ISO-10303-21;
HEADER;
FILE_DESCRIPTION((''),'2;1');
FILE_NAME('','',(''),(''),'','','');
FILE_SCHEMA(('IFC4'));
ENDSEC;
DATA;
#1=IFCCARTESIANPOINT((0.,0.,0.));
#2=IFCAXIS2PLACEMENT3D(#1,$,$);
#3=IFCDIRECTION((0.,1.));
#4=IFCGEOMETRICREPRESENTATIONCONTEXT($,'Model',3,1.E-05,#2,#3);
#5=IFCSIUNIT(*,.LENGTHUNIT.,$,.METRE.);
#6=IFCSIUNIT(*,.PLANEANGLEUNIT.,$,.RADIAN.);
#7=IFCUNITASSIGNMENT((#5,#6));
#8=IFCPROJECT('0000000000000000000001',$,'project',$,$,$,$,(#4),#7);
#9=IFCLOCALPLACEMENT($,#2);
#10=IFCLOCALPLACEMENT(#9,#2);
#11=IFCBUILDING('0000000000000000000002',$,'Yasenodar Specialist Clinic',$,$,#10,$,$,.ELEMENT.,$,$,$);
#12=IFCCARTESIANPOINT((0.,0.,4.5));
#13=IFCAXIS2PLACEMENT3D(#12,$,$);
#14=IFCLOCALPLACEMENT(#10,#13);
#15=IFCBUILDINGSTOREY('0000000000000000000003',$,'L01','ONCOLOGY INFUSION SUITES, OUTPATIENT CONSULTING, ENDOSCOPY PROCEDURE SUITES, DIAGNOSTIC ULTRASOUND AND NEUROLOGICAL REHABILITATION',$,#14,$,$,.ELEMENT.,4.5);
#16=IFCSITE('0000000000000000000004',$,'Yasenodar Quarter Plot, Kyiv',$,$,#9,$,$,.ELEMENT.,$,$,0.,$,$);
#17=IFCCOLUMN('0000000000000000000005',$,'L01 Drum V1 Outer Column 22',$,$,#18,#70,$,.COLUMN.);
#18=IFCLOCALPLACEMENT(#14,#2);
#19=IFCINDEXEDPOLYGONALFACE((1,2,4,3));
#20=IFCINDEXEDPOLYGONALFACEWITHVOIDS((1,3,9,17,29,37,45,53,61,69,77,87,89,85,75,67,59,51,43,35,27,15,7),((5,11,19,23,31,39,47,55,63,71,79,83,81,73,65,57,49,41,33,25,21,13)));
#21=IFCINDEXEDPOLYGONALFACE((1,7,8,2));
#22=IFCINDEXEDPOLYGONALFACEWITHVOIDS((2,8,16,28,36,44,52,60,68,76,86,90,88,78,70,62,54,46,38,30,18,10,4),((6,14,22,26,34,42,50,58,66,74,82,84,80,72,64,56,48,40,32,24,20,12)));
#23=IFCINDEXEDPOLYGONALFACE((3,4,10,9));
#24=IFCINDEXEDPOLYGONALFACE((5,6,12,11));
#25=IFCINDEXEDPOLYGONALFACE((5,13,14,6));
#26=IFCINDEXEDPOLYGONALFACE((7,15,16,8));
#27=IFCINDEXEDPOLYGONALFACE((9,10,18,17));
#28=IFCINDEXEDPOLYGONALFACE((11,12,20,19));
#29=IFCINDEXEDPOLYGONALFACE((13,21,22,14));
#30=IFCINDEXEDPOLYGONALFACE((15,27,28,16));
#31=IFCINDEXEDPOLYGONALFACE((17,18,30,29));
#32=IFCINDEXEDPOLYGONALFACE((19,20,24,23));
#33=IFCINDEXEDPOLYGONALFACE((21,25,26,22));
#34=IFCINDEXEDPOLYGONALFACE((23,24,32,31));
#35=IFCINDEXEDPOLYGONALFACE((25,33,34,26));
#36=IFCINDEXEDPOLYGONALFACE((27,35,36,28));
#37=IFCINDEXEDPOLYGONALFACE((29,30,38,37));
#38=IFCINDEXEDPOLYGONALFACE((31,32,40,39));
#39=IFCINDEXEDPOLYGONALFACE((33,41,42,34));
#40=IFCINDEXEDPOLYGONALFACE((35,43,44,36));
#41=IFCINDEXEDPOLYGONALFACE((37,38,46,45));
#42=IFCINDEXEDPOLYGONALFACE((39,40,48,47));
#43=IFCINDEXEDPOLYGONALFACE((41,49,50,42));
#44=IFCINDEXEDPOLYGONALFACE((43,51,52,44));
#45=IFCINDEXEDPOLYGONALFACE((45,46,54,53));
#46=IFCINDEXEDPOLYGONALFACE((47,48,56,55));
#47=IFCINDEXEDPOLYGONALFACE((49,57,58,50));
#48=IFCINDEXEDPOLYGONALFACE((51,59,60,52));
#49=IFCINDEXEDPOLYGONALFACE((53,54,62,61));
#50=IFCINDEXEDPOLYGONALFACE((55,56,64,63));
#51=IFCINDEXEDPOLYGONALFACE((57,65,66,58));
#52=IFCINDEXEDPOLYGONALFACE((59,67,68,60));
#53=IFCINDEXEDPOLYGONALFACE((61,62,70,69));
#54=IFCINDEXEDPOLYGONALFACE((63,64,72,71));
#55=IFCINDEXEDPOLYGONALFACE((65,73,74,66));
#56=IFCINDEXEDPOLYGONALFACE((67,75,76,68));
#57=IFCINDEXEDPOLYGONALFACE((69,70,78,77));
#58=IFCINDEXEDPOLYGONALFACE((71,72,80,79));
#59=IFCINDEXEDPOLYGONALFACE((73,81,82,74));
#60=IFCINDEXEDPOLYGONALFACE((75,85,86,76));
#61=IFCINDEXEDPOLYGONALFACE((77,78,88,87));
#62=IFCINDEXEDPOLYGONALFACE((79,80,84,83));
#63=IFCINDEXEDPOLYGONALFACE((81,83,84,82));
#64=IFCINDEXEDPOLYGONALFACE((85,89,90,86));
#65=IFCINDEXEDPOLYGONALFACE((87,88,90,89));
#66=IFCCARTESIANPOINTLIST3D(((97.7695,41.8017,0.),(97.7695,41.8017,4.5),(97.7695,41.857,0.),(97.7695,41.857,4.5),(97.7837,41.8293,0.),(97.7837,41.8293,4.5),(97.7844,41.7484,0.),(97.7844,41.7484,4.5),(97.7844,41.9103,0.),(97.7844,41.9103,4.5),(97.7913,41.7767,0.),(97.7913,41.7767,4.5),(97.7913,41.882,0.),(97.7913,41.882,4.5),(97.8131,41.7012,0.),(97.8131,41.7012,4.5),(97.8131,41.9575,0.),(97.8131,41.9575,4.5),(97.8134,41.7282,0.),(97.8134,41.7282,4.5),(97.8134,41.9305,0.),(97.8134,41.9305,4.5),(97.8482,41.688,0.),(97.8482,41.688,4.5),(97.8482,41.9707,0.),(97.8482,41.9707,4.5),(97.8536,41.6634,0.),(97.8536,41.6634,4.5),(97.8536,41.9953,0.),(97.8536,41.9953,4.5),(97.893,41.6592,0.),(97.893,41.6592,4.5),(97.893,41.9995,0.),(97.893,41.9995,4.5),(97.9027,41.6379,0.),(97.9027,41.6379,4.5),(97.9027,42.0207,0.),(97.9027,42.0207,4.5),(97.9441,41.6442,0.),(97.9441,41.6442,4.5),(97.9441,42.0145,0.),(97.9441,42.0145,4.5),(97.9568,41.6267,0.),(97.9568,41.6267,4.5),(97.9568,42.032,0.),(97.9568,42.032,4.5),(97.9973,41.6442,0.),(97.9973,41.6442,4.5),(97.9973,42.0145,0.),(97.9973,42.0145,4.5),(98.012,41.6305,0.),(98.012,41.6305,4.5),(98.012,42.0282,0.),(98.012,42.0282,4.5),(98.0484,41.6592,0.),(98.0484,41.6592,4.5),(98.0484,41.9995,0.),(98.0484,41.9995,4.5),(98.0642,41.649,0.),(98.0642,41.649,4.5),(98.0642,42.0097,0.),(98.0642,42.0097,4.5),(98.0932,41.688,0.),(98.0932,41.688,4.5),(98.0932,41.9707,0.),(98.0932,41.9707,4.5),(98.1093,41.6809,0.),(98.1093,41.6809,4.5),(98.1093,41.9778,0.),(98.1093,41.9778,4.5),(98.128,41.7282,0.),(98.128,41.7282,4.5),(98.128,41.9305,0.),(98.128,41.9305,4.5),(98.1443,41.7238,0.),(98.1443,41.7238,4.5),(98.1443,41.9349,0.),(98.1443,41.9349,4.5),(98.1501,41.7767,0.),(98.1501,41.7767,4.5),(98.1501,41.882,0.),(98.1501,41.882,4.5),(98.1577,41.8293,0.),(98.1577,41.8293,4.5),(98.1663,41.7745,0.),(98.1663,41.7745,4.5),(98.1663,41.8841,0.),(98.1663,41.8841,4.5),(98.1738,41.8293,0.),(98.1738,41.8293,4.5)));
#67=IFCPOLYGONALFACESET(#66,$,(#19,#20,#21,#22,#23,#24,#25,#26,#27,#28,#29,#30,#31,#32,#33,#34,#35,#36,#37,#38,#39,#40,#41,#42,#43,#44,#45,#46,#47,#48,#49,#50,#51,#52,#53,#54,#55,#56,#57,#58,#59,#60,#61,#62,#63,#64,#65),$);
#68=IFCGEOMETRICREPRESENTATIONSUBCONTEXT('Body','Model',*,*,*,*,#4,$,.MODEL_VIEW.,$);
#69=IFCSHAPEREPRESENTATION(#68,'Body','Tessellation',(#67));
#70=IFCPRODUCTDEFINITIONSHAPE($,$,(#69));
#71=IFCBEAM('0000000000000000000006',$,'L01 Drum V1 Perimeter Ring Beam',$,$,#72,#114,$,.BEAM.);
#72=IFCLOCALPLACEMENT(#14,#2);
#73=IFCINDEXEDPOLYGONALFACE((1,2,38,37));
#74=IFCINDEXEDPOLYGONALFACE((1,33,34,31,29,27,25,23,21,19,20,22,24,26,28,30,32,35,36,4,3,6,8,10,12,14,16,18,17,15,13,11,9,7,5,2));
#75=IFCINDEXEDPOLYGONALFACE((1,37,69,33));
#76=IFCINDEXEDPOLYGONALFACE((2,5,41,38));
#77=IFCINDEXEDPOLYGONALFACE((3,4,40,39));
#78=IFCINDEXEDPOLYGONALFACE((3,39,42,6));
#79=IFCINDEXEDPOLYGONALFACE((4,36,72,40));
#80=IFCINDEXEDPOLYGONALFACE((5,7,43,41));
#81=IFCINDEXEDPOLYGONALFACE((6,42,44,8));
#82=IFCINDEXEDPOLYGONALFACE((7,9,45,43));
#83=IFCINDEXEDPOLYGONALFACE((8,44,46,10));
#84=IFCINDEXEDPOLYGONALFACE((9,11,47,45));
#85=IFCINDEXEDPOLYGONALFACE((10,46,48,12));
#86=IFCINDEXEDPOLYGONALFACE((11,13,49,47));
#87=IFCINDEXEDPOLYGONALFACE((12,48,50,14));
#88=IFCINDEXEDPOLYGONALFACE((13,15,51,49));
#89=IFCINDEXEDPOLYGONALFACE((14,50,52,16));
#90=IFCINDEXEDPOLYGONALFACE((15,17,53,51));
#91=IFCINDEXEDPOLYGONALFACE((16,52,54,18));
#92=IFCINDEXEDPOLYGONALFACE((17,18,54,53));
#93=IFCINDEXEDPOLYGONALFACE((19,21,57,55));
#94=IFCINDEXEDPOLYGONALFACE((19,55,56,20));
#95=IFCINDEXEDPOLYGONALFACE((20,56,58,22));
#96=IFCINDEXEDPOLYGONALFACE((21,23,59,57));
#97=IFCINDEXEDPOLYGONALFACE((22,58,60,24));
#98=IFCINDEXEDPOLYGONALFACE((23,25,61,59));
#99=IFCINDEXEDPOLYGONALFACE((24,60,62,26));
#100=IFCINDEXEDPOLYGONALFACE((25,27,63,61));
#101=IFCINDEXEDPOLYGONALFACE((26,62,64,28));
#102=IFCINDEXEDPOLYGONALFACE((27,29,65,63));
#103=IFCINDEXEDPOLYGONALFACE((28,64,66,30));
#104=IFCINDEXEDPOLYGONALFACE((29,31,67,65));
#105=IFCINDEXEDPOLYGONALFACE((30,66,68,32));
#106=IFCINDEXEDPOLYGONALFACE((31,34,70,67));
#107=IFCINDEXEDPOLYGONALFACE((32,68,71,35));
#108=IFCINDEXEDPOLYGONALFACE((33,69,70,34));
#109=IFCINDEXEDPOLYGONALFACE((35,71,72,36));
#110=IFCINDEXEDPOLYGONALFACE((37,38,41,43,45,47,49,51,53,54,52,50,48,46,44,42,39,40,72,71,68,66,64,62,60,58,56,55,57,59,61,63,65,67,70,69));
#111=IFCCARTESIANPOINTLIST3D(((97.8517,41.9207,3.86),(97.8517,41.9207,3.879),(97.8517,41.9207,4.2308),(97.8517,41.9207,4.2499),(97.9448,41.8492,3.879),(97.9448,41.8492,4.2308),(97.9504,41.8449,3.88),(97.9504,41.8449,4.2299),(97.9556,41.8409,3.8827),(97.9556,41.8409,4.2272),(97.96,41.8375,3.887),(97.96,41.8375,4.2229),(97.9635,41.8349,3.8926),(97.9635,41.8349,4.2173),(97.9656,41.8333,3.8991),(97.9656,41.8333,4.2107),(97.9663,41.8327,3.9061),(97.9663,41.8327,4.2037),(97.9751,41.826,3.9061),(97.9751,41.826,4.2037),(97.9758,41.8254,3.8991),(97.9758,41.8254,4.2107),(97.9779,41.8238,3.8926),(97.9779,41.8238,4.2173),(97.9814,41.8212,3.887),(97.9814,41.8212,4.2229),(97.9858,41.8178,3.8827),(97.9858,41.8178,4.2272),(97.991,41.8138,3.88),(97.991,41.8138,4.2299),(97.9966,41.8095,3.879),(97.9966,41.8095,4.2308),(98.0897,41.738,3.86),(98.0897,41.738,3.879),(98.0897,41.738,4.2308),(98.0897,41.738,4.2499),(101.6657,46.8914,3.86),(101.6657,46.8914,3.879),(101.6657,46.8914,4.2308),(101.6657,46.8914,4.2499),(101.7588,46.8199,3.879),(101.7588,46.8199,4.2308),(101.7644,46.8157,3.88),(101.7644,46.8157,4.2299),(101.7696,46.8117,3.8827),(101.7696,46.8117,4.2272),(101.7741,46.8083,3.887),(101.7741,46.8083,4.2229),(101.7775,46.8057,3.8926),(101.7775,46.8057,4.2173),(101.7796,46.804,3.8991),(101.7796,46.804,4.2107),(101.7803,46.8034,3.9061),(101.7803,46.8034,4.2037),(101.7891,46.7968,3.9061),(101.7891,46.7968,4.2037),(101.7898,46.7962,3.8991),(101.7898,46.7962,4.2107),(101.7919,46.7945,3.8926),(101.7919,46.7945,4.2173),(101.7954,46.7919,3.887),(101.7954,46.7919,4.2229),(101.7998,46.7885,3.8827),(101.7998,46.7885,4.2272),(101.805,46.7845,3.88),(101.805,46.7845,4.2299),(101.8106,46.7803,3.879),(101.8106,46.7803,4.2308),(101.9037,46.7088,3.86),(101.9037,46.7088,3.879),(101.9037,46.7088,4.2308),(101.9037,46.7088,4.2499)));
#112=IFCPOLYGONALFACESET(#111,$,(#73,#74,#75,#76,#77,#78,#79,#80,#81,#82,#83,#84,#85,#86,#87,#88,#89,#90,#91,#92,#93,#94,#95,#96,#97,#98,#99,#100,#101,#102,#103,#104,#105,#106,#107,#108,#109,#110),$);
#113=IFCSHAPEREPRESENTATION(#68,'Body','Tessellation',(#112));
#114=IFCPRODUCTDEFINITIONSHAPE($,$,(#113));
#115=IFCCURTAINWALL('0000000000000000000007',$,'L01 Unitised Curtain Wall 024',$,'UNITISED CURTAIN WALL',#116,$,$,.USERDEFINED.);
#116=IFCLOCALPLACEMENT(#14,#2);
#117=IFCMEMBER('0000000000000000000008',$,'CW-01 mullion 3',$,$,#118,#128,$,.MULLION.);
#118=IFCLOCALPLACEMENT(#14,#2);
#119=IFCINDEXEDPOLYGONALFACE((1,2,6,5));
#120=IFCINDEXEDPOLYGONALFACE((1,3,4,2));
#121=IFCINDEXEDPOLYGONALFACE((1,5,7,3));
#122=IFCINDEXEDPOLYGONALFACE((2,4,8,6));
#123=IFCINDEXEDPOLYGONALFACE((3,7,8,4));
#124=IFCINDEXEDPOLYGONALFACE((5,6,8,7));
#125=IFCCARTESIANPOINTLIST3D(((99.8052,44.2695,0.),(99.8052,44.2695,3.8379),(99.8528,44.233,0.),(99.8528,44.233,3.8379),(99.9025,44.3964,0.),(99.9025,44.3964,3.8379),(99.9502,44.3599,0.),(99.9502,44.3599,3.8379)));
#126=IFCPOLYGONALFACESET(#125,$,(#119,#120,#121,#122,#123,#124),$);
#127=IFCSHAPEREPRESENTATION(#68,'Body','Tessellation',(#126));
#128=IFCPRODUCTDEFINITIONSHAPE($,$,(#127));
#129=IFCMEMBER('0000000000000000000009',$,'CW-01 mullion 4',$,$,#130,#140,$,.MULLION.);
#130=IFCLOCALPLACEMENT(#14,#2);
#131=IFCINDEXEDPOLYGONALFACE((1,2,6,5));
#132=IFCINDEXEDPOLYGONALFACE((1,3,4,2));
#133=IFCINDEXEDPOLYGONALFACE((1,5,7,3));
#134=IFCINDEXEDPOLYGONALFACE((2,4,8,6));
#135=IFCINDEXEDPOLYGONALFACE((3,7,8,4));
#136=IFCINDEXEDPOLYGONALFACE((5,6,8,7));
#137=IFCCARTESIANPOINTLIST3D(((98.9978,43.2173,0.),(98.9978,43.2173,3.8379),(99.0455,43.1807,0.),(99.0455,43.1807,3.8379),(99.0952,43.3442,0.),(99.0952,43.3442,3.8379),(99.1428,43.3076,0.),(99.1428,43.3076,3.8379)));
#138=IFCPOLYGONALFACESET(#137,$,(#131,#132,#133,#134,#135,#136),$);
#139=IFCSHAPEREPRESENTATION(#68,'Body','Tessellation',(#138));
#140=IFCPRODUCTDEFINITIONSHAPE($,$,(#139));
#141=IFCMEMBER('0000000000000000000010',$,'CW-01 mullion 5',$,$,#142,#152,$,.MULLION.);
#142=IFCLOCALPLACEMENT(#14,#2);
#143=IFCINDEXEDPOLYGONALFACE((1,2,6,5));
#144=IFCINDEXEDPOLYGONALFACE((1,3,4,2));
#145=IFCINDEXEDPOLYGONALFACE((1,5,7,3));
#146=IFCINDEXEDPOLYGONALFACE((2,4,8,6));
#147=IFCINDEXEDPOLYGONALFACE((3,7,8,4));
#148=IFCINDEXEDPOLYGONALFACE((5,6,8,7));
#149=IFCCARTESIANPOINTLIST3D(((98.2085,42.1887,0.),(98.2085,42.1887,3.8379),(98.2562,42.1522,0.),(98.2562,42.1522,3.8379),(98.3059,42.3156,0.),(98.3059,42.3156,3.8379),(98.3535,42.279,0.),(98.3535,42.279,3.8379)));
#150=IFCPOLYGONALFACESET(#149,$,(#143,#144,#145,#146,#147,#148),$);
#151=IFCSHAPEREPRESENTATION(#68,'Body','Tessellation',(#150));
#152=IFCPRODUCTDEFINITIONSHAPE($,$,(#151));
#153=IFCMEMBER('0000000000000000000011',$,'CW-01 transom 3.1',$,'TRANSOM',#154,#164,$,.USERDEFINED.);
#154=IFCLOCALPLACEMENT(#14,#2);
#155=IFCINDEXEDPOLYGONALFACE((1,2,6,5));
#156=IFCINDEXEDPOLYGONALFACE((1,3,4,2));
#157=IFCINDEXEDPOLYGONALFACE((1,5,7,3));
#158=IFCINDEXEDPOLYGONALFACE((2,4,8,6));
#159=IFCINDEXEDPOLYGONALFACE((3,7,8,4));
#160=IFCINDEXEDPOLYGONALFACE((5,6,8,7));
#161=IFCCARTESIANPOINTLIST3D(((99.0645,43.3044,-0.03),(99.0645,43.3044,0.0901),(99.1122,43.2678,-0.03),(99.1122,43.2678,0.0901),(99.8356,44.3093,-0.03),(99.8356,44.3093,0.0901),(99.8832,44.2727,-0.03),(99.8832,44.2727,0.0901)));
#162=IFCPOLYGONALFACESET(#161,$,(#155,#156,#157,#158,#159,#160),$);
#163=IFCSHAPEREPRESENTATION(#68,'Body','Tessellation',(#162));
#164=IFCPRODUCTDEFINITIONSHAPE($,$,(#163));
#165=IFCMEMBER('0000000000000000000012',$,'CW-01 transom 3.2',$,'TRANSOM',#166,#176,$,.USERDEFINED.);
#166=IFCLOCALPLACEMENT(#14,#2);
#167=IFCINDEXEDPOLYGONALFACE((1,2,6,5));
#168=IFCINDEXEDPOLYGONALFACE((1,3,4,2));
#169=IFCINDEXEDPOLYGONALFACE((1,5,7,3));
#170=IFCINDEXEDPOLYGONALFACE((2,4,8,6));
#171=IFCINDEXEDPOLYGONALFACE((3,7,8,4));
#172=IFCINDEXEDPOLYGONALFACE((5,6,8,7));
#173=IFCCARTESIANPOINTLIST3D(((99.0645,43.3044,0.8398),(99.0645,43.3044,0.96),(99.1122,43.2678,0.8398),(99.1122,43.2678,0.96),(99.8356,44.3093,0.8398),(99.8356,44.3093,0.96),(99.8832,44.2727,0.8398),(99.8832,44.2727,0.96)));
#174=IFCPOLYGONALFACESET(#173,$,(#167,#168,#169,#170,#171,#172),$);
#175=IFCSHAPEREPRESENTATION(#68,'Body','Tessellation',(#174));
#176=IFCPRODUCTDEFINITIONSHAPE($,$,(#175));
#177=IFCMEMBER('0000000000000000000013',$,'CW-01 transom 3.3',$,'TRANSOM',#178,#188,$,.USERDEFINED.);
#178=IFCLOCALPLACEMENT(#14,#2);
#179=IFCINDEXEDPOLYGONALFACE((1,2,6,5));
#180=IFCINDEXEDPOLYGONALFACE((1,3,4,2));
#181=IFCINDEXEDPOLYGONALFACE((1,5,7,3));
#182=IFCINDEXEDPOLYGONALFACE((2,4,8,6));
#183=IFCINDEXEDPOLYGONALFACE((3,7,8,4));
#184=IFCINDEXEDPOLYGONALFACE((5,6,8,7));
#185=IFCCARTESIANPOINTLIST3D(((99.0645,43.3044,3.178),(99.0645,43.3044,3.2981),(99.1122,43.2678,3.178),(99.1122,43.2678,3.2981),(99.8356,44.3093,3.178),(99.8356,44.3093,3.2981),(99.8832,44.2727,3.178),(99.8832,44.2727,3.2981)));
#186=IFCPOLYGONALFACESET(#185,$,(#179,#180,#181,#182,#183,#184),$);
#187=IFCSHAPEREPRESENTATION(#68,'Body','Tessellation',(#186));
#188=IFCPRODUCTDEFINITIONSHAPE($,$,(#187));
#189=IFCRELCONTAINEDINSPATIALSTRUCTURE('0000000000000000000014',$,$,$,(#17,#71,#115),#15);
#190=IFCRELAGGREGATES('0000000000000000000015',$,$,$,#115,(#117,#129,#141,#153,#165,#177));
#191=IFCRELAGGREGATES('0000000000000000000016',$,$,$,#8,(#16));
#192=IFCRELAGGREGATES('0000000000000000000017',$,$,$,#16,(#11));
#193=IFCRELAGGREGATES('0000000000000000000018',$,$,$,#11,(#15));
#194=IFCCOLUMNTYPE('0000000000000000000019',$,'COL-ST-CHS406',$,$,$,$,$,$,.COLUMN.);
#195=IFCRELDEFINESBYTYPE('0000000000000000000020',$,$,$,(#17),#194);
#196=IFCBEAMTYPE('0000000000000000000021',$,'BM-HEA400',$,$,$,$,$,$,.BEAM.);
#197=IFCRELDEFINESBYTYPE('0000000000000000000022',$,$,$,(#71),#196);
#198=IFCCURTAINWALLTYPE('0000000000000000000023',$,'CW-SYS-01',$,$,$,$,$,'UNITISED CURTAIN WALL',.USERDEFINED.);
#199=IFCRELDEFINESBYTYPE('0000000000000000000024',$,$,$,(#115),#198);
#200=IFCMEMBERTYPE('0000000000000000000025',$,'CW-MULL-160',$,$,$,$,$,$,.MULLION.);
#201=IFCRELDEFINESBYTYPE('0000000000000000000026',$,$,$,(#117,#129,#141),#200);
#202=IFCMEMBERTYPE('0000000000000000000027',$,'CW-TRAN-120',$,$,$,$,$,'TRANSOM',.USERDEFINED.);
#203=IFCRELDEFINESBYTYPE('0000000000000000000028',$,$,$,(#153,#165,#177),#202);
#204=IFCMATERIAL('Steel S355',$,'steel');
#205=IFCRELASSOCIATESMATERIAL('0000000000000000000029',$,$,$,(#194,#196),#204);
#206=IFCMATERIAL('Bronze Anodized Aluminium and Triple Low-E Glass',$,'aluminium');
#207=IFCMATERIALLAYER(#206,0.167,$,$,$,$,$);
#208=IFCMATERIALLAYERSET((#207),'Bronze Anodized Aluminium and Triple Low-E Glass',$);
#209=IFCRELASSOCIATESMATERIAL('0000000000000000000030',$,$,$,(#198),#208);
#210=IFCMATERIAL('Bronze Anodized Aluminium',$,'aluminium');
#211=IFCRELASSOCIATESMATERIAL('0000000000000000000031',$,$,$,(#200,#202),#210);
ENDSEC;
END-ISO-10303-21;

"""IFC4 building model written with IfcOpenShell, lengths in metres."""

from ifc_helpers import new_model, si_unit, direction, frame, origin, origin_2d, place, context, subcontext, project, spatial, rectangle, hollow_circle, i_section, extrude, material, layer, layer_set, material_profile, profile_set, type_object, element, aggregate, save


model = new_model("IFC4")

# Units and contexts
model_context = context("Model", 3, precision=1e-05, world=origin(), true_north=direction((0.0, 1.0)))
body_context = subcontext(model_context, "Body", "Model", "MODEL_VIEW")
ifc_project = project(units=[si_unit("LENGTHUNIT", "METRE"), si_unit("PLANEANGLEUNIT", "RADIAN")], contexts=[model_context])

# Site, building, storey
site_placement = place(None, origin())
site = spatial("IfcSite", under=ifc_project, at=site_placement, Name="Yasenodar Quarter Plot, Kyiv", CompositionType="ELEMENT", RefElevation=0.0)
building_placement = place(site_placement, origin())
building = spatial("IfcBuilding", under=site, at=building_placement, Name="Yasenodar Specialist Clinic", CompositionType="ELEMENT")
storey_placement = place(building_placement, frame((0.0, 0.0, 4.5)))
storey = spatial("IfcBuildingStorey", under=building, at=storey_placement, Name="L01", Description="ONCOLOGY INFUSION SUITES, OUTPATIENT CONSULTING, ENDOSCOPY PROCEDURE SUITES, DIAGNOSTIC ULTRASOUND AND NEUROLOGICAL REHABILITATION", CompositionType="ELEMENT", Elevation=4.5)

# Column
ifc_material_1 = material(Name="Steel S355", Category="steel")
ifc_material_profile_1 = material_profile(ifc_material_1, hollow_circle(Radius=0.2031, WallThickness=0.0161, at=origin_2d()), Name="CHS 406.4x16")
ifc_profile_set_1 = profile_set([ifc_material_profile_1], Name="Steel S355")
column_type = type_object("IfcColumnType", Name="COL-ST-CHS406", PredefinedType="COLUMN", material=ifc_profile_set_1)
column_placement = place(storey_placement, frame((97.9707, 41.8293, 0.0), z_axis=(0.0, 0.0, 1.0), x_axis=(1.0, 0.0, 0.0)))
element("IfcColumn", 1, at=column_placement, inside=storey, type_object=column_type, Name="L01 Drum V1 Outer Column 22", PredefinedType="COLUMN", context=body_context, shape_type="SweptSolid", body=[
    extrude(hollow_circle(Radius=0.2031, WallThickness=0.0161, at=origin_2d()), origin(), (0.0, 0.0, 1.0), 4.5),
])

# Beam
ifc_material_profile_2 = material_profile(ifc_material_1, i_section(OverallWidth=0.3, OverallDepth=0.3899, WebThickness=0.011, FlangeThickness=0.019, FilletRadius=0.0271, at=origin_2d()), Name="HEA 400")
ifc_profile_set_2 = profile_set([ifc_material_profile_2], Name="Steel S355")
beam_type = type_object("IfcBeamType", Name="BM-HEA400", PredefinedType="BEAM", material=ifc_profile_set_2)
beam_placement = place(storey_placement, frame((97.9707, 41.8293, 4.0549), z_axis=(0.608742, 0.793368, 0.0), x_axis=(-0.793368, 0.608742, 0.0)))
element("IfcBeam", 2, at=beam_placement, inside=storey, type_object=beam_type, Name="L01 Drum V1 Perimeter Ring Beam", PredefinedType="BEAM", context=body_context, shape_type="SweptSolid", body=[
    extrude(i_section(OverallWidth=0.3, OverallDepth=0.3899, WebThickness=0.011, FlangeThickness=0.019, FilletRadius=0.0271, at=origin_2d()), origin(), (0.0, 0.0, 1.0), 6.2654),
])

# Curtain wall, members
ifc_material_2 = material(Name="Bronze Anodized Aluminium and Triple Low-E Glass", Category="aluminium")
ifc_layer_1 = layer(ifc_material_2, 0.167)
ifc_layer_set_1 = layer_set([ifc_layer_1], Name="Bronze Anodized Aluminium and Triple Low-E Glass")
curtain_wall_type = type_object("IfcCurtainWallType", Name="CW-SYS-01", ElementType="UNITISED CURTAIN WALL", PredefinedType="USERDEFINED", material=ifc_layer_set_1)
curtain_wall_placement = place(storey_placement, origin())
curtain_wall = element("IfcCurtainWall", 3, at=curtain_wall_placement, inside=storey, type_object=curtain_wall_type, Name="L01 Unitised Curtain Wall 024", ObjectType="UNITISED CURTAIN WALL", PredefinedType="USERDEFINED")
ifc_material_3 = material(Name="Bronze Anodized Aluminium", Category="aluminium")
ifc_material_profile_3 = material_profile(ifc_material_3, rectangle(XDim=0.0601, YDim=0.1599, at=origin_2d()), Name="CW-MULL 60x160")
ifc_profile_set_3 = profile_set([ifc_material_profile_3], Name="Bronze Anodized Aluminium")
member_type_1 = type_object("IfcMemberType", Name="CW-MULL-160", PredefinedType="MULLION", material=ifc_profile_set_3)
member_1_placement = place(storey_placement, frame((99.8777, 44.3147, 0.0), z_axis=(0.0, 0.0, 1.0), x_axis=(0.793361, -0.608752, 0.0)))
member_1 = element("IfcMember", 4, at=member_1_placement, type_object=member_type_1, Name="CW-01 mullion 3", PredefinedType="MULLION", context=body_context, shape_type="SweptSolid", body=[
    extrude(rectangle(XDim=0.0601, YDim=0.1599, at=origin_2d()), origin(), (0.0, 0.0, 1.0), 3.8379),
])
member_2_placement = place(storey_placement, frame((99.0703, 43.2625, 0.0), z_axis=(0.0, 0.0, 1.0), x_axis=(0.793361, -0.608752, 0.0)))
member_2 = element("IfcMember", 5, at=member_2_placement, type_object=member_type_1, Name="CW-01 mullion 4", PredefinedType="MULLION", context=body_context, shape_type="SweptSolid", body=[
    extrude(rectangle(XDim=0.0601, YDim=0.1599, at=origin_2d()), origin(), (0.0, 0.0, 1.0), 3.8379),
])
member_3_placement = place(storey_placement, frame((98.281, 42.2339, 0.0), z_axis=(0.0, 0.0, 1.0), x_axis=(0.793361, -0.608752, 0.0)))
member_3 = element("IfcMember", 6, at=member_3_placement, type_object=member_type_1, Name="CW-01 mullion 5", PredefinedType="MULLION", context=body_context, shape_type="SweptSolid", body=[
    extrude(rectangle(XDim=0.0601, YDim=0.1599, at=origin_2d()), origin(), (0.0, 0.0, 1.0), 3.8379),
])
ifc_material_profile_4 = material_profile(ifc_material_3, rectangle(XDim=0.0601, YDim=0.1201, at=origin_2d()), Name="CW-TRAN 60x120")
ifc_profile_set_4 = profile_set([ifc_material_profile_4], Name="Bronze Anodized Aluminium")
member_type_2 = type_object("IfcMemberType", Name="CW-TRAN-120", ElementType="TRANSOM", PredefinedType="USERDEFINED", material=ifc_profile_set_4)
member_4_placement = place(storey_placement, frame((99.8594, 44.291, 0.03), z_axis=(-0.608723, -0.793383, 0.0), x_axis=(0.793383, -0.608723, 0.0)))
member_4 = element("IfcMember", 7, at=member_4_placement, type_object=member_type_2, Name="CW-01 transom 3.1", ObjectType="TRANSOM", PredefinedType="USERDEFINED", context=body_context, shape_type="SweptSolid", body=[
    extrude(rectangle(XDim=0.0601, YDim=0.1201, at=origin_2d()), origin(), (0.0, 0.0, 1.0), 1.2666),
])
member_5_placement = place(storey_placement, frame((99.8594, 44.291, 0.8999), z_axis=(-0.608723, -0.793383, 0.0), x_axis=(0.793383, -0.608723, 0.0)))
member_5 = element("IfcMember", 8, at=member_5_placement, type_object=member_type_2, Name="CW-01 transom 3.2", ObjectType="TRANSOM", PredefinedType="USERDEFINED", context=body_context, shape_type="SweptSolid", body=[
    extrude(rectangle(XDim=0.0601, YDim=0.1201, at=origin_2d()), origin(), (0.0, 0.0, 1.0), 1.2666),
])
member_6_placement = place(storey_placement, frame((99.8594, 44.291, 3.238), z_axis=(-0.608723, -0.793383, 0.0), x_axis=(0.793383, -0.608723, 0.0)))
member_6 = element("IfcMember", 9, at=member_6_placement, type_object=member_type_2, Name="CW-01 transom 3.3", ObjectType="TRANSOM", PredefinedType="USERDEFINED", context=body_context, shape_type="SweptSolid", body=[
    extrude(rectangle(XDim=0.0601, YDim=0.1201, at=origin_2d()), origin(), (0.0, 0.0, 1.0), 1.2666),
])
aggregate(curtain_wall, [member_1, member_2, member_3, member_4, member_5, member_6])

save(model, "model.ifc")
